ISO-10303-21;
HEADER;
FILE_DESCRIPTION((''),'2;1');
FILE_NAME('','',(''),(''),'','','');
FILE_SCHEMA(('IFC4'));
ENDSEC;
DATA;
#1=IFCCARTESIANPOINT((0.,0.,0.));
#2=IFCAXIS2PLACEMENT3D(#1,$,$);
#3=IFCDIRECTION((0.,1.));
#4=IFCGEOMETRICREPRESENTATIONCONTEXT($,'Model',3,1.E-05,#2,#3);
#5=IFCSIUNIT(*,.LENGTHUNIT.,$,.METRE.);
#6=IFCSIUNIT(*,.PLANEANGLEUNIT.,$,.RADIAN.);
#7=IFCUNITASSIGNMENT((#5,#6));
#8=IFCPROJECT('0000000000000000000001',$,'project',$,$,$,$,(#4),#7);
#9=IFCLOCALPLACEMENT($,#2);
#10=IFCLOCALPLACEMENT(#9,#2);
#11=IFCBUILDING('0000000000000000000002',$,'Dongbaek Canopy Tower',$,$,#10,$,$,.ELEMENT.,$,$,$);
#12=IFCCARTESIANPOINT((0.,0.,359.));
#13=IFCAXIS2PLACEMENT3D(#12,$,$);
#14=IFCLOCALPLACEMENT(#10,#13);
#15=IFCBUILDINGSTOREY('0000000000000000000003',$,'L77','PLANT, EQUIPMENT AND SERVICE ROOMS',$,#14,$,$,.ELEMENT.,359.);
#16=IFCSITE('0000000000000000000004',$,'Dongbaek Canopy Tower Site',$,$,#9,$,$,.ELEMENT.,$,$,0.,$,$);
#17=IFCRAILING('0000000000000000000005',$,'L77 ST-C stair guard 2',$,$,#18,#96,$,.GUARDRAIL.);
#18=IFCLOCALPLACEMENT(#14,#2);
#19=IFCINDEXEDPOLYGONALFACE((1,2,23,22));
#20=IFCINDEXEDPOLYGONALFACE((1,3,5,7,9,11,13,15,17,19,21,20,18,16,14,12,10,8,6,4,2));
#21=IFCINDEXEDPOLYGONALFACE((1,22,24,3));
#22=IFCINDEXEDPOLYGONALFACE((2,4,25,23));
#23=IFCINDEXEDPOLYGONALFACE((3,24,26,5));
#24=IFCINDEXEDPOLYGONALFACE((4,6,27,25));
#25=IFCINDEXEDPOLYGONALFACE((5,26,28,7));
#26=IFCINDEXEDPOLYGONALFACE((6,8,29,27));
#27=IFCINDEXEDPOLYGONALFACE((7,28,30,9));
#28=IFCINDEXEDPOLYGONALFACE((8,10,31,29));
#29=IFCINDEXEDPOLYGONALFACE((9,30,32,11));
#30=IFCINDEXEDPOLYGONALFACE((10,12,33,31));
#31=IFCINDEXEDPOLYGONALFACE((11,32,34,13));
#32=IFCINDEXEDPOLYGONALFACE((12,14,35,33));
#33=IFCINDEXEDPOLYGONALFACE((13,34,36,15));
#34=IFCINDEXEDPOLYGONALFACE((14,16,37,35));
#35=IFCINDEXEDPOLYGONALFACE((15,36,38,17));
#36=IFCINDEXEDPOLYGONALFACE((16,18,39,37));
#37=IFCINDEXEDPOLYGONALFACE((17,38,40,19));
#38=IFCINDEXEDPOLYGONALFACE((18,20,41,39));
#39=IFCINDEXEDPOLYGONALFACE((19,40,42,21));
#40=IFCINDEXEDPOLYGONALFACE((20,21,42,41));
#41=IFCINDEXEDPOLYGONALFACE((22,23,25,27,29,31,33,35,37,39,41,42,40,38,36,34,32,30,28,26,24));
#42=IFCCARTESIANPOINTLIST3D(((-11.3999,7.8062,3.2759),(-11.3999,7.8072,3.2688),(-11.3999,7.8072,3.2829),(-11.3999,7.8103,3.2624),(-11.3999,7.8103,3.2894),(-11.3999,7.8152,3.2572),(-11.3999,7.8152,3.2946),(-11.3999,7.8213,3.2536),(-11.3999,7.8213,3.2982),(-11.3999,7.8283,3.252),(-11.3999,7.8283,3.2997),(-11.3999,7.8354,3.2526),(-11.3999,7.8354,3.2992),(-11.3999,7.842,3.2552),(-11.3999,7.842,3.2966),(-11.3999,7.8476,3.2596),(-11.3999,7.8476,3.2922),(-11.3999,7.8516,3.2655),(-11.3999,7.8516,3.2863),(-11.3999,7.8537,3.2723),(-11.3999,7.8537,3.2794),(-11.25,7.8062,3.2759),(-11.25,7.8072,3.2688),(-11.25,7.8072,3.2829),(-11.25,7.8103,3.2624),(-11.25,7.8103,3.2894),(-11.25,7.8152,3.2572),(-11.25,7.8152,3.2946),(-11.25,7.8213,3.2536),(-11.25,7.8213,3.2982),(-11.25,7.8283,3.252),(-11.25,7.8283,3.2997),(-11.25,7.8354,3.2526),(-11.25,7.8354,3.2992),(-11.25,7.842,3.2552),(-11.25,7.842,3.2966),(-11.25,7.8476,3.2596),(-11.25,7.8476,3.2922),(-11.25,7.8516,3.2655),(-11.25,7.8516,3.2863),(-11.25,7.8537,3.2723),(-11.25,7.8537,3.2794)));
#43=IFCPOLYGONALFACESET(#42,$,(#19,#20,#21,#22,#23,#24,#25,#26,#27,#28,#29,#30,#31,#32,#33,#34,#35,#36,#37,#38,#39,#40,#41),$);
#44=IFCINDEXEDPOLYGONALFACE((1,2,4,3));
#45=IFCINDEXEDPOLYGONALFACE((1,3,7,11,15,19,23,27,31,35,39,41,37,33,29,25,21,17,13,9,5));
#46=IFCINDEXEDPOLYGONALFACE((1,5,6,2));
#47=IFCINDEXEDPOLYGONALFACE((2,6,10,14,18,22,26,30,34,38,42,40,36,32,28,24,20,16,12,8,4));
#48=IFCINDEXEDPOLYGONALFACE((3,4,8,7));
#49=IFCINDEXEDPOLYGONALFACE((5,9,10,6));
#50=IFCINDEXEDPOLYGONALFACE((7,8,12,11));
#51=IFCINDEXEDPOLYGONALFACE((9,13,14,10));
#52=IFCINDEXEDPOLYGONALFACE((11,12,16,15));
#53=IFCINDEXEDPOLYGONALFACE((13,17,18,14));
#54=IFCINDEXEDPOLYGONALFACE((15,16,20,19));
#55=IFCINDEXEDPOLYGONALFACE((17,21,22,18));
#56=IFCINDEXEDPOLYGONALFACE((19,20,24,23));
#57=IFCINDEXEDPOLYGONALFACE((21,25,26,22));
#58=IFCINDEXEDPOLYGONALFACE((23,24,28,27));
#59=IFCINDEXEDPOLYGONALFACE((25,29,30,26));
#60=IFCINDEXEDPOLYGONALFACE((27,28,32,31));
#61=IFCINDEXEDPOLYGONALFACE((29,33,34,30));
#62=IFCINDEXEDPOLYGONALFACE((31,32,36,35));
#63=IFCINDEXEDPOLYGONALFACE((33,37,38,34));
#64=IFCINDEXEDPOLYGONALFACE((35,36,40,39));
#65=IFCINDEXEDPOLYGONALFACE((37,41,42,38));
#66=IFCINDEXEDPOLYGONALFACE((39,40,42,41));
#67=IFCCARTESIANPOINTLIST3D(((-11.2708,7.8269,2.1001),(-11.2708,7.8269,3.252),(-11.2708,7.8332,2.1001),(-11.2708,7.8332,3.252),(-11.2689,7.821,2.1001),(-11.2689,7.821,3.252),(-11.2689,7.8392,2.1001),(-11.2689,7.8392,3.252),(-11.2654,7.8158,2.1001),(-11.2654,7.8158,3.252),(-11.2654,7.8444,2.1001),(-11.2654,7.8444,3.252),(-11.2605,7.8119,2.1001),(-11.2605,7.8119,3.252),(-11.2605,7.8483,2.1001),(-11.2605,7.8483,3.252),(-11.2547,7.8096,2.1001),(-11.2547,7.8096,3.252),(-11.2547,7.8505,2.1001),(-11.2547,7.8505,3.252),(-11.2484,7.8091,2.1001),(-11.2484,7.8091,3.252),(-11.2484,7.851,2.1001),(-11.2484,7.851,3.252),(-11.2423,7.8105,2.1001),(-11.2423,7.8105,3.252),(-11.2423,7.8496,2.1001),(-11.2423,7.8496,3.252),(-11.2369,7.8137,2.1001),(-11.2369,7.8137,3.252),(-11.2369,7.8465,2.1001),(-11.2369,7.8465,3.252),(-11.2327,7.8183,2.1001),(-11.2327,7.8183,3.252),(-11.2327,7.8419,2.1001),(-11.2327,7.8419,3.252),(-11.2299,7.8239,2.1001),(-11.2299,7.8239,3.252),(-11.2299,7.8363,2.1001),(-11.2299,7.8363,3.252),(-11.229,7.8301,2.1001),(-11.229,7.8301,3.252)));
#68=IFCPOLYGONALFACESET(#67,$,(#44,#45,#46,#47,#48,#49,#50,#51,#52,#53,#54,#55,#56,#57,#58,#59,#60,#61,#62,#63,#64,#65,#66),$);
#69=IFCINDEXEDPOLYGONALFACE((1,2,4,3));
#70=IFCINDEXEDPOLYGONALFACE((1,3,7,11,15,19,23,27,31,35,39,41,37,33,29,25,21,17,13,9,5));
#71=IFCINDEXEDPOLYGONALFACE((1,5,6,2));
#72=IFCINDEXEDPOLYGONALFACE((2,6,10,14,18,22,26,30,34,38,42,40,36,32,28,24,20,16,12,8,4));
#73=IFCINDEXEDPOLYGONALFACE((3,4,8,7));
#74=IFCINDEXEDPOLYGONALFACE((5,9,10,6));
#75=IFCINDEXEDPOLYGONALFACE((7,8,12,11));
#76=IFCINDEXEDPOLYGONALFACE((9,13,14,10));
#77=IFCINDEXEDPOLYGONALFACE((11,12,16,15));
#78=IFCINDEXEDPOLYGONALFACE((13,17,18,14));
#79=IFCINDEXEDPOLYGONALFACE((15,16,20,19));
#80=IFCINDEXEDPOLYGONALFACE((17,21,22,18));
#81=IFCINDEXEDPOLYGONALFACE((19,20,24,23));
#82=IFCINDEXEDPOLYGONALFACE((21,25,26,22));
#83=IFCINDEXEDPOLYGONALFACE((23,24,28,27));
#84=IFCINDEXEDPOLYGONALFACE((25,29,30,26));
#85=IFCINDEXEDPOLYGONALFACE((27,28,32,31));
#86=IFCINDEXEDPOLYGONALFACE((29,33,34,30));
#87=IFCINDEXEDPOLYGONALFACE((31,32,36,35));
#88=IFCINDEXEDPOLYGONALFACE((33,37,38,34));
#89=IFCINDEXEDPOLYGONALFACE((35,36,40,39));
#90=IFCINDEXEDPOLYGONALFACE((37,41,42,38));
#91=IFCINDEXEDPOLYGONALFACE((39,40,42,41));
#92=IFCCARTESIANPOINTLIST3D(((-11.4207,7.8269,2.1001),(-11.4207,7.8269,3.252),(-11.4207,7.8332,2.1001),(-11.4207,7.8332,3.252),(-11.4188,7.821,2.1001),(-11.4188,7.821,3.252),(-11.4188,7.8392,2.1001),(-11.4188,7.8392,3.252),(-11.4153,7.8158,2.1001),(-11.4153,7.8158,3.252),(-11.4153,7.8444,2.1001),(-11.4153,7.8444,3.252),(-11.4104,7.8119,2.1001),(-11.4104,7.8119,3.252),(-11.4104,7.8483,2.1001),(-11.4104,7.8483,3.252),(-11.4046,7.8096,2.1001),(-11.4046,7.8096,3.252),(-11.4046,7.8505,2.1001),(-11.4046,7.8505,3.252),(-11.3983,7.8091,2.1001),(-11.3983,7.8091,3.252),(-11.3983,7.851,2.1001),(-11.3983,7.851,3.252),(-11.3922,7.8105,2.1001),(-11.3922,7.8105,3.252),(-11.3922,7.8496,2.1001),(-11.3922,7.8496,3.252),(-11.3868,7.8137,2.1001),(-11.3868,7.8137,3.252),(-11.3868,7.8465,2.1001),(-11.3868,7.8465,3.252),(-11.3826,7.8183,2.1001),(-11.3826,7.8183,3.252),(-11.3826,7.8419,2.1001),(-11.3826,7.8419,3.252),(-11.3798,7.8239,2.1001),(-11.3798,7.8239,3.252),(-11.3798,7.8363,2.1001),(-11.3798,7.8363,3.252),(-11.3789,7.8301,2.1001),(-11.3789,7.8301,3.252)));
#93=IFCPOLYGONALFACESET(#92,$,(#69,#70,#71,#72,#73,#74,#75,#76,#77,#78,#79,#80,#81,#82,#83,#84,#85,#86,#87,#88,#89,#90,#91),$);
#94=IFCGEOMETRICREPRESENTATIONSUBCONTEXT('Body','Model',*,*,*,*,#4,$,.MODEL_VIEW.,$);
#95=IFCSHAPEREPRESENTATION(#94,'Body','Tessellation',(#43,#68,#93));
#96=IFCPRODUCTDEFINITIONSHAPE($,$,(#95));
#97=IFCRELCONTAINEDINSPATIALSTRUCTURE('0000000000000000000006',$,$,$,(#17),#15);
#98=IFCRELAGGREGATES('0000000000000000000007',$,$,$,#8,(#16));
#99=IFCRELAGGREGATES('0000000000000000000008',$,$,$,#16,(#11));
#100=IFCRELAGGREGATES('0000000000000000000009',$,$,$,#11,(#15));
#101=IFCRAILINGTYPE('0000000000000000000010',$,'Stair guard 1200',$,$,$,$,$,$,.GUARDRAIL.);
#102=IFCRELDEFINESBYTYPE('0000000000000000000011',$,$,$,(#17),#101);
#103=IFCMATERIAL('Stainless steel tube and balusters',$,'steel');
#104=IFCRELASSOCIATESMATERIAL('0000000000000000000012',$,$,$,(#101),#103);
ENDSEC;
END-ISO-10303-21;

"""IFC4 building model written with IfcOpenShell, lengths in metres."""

from ifc_helpers import new_model, si_unit, direction, frame, origin, origin_2d, place, context, subcontext, project, spatial, circle, extrude, material, type_object, element, save


model = new_model("IFC4")

# Units and contexts
model_context = context("Model", 3, precision=1e-05, world=origin(), true_north=direction((0.0, 1.0)))
body_context = subcontext(model_context, "Body", "Model", "MODEL_VIEW")
ifc_project = project(units=[si_unit("LENGTHUNIT", "METRE"), si_unit("PLANEANGLEUNIT", "RADIAN")], contexts=[model_context])

# Site, building, storey
site_placement = place(None, origin())
site = spatial("IfcSite", under=ifc_project, at=site_placement, Name="Dongbaek Canopy Tower Site", CompositionType="ELEMENT", RefElevation=0.0)
building_placement = place(site_placement, origin())
building = spatial("IfcBuilding", under=site, at=building_placement, Name="Dongbaek Canopy Tower", CompositionType="ELEMENT")
storey_placement = place(building_placement, frame((0.0, 0.0, 359.0)))
storey = spatial("IfcBuildingStorey", under=building, at=storey_placement, Name="L77", Description="PLANT, EQUIPMENT AND SERVICE ROOMS", CompositionType="ELEMENT", Elevation=359.0)

# Railing
ifc_material_1 = material(Name="Stainless steel tube and balusters", Category="steel")
railing_type_1 = type_object("IfcRailingType", Name="Stair guard 1200", PredefinedType="GUARDRAIL", material=ifc_material_1)
railing_1_placement = place(storey_placement, frame((-11.25, 7.8301, 2.1001)))
element("IfcRailing", 1, at=railing_1_placement, inside=storey, type_object=railing_type_1, Name="L77 ST-C stair guard 2", PredefinedType="GUARDRAIL", context=body_context, shape_type="SweptSolid", body=[
    extrude(circle(Radius=0.0239, at=origin_2d()), frame((0.0, 0.0, 1.1758), z_axis=(-1.0, 0.0, 0.0), x_axis=(0.0, -1.0, 0.0)), (0.0, 0.0, 1.0), 0.1499),
    extrude(circle(Radius=0.021, at=origin_2d()), origin(), (0.0, 0.0, 1.0), 1.1519),
    extrude(circle(Radius=0.021, at=origin_2d()), frame((-0.1499, 0.0, 0.0)), (0.0, 0.0, 1.0), 1.1519),
])

save(model, "model.ifc")
